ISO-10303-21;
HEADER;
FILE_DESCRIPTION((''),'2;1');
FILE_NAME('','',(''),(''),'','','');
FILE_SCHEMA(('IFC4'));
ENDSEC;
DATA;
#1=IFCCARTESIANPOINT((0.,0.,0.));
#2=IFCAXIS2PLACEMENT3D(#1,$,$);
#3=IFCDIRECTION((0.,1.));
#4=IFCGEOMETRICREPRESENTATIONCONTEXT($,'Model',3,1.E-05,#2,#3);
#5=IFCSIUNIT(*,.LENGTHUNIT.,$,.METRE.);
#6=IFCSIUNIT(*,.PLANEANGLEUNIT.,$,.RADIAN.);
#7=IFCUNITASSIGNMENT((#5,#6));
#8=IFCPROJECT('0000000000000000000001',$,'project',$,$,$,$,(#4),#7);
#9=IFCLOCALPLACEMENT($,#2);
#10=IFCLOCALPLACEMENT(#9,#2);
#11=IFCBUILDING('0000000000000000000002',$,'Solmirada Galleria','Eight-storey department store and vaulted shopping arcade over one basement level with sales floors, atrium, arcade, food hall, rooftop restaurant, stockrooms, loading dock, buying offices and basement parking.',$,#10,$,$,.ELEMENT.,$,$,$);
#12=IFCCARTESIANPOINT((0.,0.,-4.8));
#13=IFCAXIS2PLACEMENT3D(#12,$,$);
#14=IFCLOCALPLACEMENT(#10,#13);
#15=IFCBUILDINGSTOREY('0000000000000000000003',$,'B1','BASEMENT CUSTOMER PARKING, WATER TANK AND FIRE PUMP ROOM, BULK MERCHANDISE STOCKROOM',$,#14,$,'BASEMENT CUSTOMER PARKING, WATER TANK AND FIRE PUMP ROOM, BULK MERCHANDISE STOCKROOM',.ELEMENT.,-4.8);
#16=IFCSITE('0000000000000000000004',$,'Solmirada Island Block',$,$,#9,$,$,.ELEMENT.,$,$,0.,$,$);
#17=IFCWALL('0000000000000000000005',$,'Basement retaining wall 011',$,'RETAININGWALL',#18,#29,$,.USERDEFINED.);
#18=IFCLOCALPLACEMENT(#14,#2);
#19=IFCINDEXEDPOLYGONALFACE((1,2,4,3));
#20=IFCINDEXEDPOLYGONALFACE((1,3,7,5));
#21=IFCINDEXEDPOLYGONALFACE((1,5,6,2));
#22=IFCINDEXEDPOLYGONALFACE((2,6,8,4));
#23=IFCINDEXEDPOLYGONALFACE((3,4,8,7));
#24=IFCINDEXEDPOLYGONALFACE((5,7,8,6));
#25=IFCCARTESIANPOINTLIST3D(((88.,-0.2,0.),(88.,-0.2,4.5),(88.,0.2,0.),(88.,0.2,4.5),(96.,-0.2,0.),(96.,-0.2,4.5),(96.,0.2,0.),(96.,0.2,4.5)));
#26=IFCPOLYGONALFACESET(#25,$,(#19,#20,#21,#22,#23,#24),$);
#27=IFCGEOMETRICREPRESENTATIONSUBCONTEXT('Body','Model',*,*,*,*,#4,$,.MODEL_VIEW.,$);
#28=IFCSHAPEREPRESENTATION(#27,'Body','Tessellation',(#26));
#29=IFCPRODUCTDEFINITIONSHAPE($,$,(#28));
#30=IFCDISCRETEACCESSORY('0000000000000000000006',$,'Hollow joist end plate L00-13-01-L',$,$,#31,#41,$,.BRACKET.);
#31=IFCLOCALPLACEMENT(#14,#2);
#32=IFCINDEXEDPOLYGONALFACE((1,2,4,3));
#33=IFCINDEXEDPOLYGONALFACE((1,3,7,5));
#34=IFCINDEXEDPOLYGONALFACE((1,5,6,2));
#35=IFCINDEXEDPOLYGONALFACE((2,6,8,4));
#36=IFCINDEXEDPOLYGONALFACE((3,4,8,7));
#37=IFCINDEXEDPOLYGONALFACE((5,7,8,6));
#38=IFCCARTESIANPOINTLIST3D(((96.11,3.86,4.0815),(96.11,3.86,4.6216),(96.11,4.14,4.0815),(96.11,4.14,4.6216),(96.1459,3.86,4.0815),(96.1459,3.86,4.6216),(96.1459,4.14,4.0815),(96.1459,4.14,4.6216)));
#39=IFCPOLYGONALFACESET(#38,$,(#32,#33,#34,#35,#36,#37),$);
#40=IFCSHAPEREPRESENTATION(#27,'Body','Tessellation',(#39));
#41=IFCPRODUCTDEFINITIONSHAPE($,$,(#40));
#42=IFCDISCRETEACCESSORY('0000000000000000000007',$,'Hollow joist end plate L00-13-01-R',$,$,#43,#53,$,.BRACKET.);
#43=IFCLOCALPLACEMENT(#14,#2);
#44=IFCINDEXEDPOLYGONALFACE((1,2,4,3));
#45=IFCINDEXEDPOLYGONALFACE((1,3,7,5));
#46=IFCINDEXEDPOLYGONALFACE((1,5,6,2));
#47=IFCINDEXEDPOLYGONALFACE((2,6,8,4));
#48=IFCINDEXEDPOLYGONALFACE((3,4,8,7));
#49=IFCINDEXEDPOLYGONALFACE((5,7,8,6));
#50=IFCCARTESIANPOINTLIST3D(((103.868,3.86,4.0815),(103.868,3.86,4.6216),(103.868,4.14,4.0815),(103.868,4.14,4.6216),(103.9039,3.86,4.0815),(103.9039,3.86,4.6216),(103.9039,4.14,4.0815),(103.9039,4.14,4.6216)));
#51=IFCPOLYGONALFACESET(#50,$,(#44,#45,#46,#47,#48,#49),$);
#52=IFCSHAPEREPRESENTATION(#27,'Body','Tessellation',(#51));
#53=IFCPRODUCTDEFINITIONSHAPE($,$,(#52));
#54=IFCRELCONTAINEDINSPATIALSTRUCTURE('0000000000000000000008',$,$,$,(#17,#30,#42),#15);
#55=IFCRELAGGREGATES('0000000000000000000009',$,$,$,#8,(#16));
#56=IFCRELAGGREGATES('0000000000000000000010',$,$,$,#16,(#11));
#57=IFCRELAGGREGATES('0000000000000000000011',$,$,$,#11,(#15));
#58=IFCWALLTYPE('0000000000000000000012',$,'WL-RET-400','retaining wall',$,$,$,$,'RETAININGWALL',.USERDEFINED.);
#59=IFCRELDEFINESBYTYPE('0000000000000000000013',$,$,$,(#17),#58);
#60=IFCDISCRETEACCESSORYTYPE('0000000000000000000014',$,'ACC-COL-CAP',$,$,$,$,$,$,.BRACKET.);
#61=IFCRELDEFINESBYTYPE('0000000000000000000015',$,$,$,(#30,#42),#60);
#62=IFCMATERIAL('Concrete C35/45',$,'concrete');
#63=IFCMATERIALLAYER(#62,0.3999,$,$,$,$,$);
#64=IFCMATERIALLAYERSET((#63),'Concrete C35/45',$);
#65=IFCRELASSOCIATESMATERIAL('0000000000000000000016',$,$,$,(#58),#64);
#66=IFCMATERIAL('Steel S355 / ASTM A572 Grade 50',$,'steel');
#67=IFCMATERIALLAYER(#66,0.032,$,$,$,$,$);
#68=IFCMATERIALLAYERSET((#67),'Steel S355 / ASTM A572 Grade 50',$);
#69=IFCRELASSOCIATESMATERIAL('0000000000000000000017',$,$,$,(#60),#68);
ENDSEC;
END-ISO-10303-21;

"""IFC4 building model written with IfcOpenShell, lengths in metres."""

from ifc_helpers import new_model, si_unit, direction, frame, frame_2d, origin, origin_2d, place, context, subcontext, project, spatial, rectangle, extrude, material, layer, layer_set, type_object, element, save


model = new_model("IFC4")

# Units and contexts
model_context = context("Model", 3, precision=1e-05, world=origin(), true_north=direction((0.0, 1.0)))
body_context = subcontext(model_context, "Body", "Model", "MODEL_VIEW")
ifc_project = project(units=[si_unit("LENGTHUNIT", "METRE"), si_unit("PLANEANGLEUNIT", "RADIAN")], contexts=[model_context])

# Site, building, storey
site_placement = place(None, origin())
site = spatial("IfcSite", under=ifc_project, at=site_placement, Name="Solmirada Island Block", CompositionType="ELEMENT", RefElevation=0.0)
building_placement = place(site_placement, origin())
building = spatial("IfcBuilding", under=site, at=building_placement, Name="Solmirada Galleria", Description="Eight-storey department store and vaulted shopping arcade over one basement level with sales floors, atrium, arcade, food hall, rooftop restaurant, stockrooms, loading dock, buying offices and basement parking.", CompositionType="ELEMENT")
storey_placement = place(building_placement, frame((0.0, 0.0, -4.8)))
storey = spatial("IfcBuildingStorey", under=building, at=storey_placement, Name="B1", Description="BASEMENT CUSTOMER PARKING, WATER TANK AND FIRE PUMP ROOM, BULK MERCHANDISE STOCKROOM", LongName="BASEMENT CUSTOMER PARKING, WATER TANK AND FIRE PUMP ROOM, BULK MERCHANDISE STOCKROOM", CompositionType="ELEMENT", Elevation=-4.8)

# Shared definitions
ifc_material_1 = material(Name="Concrete C35/45", Category="concrete")

# Wall
ifc_layer_1 = layer(ifc_material_1, 0.3999)
ifc_layer_set_1 = layer_set([ifc_layer_1], Name="Concrete C35/45")
wall_type_1 = type_object("IfcWallType", Name="WL-RET-400", Description="retaining wall", ElementType="RETAININGWALL", PredefinedType="USERDEFINED", material=ifc_layer_set_1)
wall_1_placement = place(storey_placement, frame((96.0, 0.0, 0.0), z_axis=(0.0, 0.0, 1.0), x_axis=(-1.0, 0.0, 0.0)))
element("IfcWall", 1, at=wall_1_placement, inside=storey, type_object=wall_type_1, Name="Basement retaining wall 011", ObjectType="RETAININGWALL", PredefinedType="USERDEFINED", context=body_context, shape_type="SweptSolid", body=[
    extrude(rectangle(XDim=8.0, YDim=0.3999, at=frame_2d((4.0, 0.0))), origin(), (0.0, 0.0, 1.0), 4.5),
])

# Discrete accessories
ifc_material_2 = material(Name="Steel S355 / ASTM A572 Grade 50", Category="steel")
ifc_layer_2 = layer(ifc_material_2, 0.032)
ifc_layer_set_2 = layer_set([ifc_layer_2], Name="Steel S355 / ASTM A572 Grade 50")
discrete_accessory_type = type_object("IfcDiscreteAccessoryType", Name="ACC-COL-CAP", PredefinedType="BRACKET", material=ifc_layer_set_2)
for number, where, z_axis, x_axis, name in (
    (2, (96.1279, 4.0, 4.0815), (0.0, 0.0, 1.0), (1.0, 0.0, 0.0), "Hollow joist end plate L00-13-01-L"),
    (3, (103.886, 4.0, 4.0815), (0.0, 0.0, 1.0), (1.0, 0.0, 0.0), "Hollow joist end plate L00-13-01-R"),
):
    element("IfcDiscreteAccessory", number, at=place(storey_placement, frame(where, z_axis=z_axis, x_axis=x_axis)), inside=storey, type_object=discrete_accessory_type, Name=name, PredefinedType="BRACKET", context=body_context, shape_type="SweptSolid", body=[
        extrude(rectangle(XDim=0.0359, YDim=0.28, at=origin_2d()), origin(), (0.0, 0.0, 1.0), 0.54),
    ])

save(model, "model.ifc")
